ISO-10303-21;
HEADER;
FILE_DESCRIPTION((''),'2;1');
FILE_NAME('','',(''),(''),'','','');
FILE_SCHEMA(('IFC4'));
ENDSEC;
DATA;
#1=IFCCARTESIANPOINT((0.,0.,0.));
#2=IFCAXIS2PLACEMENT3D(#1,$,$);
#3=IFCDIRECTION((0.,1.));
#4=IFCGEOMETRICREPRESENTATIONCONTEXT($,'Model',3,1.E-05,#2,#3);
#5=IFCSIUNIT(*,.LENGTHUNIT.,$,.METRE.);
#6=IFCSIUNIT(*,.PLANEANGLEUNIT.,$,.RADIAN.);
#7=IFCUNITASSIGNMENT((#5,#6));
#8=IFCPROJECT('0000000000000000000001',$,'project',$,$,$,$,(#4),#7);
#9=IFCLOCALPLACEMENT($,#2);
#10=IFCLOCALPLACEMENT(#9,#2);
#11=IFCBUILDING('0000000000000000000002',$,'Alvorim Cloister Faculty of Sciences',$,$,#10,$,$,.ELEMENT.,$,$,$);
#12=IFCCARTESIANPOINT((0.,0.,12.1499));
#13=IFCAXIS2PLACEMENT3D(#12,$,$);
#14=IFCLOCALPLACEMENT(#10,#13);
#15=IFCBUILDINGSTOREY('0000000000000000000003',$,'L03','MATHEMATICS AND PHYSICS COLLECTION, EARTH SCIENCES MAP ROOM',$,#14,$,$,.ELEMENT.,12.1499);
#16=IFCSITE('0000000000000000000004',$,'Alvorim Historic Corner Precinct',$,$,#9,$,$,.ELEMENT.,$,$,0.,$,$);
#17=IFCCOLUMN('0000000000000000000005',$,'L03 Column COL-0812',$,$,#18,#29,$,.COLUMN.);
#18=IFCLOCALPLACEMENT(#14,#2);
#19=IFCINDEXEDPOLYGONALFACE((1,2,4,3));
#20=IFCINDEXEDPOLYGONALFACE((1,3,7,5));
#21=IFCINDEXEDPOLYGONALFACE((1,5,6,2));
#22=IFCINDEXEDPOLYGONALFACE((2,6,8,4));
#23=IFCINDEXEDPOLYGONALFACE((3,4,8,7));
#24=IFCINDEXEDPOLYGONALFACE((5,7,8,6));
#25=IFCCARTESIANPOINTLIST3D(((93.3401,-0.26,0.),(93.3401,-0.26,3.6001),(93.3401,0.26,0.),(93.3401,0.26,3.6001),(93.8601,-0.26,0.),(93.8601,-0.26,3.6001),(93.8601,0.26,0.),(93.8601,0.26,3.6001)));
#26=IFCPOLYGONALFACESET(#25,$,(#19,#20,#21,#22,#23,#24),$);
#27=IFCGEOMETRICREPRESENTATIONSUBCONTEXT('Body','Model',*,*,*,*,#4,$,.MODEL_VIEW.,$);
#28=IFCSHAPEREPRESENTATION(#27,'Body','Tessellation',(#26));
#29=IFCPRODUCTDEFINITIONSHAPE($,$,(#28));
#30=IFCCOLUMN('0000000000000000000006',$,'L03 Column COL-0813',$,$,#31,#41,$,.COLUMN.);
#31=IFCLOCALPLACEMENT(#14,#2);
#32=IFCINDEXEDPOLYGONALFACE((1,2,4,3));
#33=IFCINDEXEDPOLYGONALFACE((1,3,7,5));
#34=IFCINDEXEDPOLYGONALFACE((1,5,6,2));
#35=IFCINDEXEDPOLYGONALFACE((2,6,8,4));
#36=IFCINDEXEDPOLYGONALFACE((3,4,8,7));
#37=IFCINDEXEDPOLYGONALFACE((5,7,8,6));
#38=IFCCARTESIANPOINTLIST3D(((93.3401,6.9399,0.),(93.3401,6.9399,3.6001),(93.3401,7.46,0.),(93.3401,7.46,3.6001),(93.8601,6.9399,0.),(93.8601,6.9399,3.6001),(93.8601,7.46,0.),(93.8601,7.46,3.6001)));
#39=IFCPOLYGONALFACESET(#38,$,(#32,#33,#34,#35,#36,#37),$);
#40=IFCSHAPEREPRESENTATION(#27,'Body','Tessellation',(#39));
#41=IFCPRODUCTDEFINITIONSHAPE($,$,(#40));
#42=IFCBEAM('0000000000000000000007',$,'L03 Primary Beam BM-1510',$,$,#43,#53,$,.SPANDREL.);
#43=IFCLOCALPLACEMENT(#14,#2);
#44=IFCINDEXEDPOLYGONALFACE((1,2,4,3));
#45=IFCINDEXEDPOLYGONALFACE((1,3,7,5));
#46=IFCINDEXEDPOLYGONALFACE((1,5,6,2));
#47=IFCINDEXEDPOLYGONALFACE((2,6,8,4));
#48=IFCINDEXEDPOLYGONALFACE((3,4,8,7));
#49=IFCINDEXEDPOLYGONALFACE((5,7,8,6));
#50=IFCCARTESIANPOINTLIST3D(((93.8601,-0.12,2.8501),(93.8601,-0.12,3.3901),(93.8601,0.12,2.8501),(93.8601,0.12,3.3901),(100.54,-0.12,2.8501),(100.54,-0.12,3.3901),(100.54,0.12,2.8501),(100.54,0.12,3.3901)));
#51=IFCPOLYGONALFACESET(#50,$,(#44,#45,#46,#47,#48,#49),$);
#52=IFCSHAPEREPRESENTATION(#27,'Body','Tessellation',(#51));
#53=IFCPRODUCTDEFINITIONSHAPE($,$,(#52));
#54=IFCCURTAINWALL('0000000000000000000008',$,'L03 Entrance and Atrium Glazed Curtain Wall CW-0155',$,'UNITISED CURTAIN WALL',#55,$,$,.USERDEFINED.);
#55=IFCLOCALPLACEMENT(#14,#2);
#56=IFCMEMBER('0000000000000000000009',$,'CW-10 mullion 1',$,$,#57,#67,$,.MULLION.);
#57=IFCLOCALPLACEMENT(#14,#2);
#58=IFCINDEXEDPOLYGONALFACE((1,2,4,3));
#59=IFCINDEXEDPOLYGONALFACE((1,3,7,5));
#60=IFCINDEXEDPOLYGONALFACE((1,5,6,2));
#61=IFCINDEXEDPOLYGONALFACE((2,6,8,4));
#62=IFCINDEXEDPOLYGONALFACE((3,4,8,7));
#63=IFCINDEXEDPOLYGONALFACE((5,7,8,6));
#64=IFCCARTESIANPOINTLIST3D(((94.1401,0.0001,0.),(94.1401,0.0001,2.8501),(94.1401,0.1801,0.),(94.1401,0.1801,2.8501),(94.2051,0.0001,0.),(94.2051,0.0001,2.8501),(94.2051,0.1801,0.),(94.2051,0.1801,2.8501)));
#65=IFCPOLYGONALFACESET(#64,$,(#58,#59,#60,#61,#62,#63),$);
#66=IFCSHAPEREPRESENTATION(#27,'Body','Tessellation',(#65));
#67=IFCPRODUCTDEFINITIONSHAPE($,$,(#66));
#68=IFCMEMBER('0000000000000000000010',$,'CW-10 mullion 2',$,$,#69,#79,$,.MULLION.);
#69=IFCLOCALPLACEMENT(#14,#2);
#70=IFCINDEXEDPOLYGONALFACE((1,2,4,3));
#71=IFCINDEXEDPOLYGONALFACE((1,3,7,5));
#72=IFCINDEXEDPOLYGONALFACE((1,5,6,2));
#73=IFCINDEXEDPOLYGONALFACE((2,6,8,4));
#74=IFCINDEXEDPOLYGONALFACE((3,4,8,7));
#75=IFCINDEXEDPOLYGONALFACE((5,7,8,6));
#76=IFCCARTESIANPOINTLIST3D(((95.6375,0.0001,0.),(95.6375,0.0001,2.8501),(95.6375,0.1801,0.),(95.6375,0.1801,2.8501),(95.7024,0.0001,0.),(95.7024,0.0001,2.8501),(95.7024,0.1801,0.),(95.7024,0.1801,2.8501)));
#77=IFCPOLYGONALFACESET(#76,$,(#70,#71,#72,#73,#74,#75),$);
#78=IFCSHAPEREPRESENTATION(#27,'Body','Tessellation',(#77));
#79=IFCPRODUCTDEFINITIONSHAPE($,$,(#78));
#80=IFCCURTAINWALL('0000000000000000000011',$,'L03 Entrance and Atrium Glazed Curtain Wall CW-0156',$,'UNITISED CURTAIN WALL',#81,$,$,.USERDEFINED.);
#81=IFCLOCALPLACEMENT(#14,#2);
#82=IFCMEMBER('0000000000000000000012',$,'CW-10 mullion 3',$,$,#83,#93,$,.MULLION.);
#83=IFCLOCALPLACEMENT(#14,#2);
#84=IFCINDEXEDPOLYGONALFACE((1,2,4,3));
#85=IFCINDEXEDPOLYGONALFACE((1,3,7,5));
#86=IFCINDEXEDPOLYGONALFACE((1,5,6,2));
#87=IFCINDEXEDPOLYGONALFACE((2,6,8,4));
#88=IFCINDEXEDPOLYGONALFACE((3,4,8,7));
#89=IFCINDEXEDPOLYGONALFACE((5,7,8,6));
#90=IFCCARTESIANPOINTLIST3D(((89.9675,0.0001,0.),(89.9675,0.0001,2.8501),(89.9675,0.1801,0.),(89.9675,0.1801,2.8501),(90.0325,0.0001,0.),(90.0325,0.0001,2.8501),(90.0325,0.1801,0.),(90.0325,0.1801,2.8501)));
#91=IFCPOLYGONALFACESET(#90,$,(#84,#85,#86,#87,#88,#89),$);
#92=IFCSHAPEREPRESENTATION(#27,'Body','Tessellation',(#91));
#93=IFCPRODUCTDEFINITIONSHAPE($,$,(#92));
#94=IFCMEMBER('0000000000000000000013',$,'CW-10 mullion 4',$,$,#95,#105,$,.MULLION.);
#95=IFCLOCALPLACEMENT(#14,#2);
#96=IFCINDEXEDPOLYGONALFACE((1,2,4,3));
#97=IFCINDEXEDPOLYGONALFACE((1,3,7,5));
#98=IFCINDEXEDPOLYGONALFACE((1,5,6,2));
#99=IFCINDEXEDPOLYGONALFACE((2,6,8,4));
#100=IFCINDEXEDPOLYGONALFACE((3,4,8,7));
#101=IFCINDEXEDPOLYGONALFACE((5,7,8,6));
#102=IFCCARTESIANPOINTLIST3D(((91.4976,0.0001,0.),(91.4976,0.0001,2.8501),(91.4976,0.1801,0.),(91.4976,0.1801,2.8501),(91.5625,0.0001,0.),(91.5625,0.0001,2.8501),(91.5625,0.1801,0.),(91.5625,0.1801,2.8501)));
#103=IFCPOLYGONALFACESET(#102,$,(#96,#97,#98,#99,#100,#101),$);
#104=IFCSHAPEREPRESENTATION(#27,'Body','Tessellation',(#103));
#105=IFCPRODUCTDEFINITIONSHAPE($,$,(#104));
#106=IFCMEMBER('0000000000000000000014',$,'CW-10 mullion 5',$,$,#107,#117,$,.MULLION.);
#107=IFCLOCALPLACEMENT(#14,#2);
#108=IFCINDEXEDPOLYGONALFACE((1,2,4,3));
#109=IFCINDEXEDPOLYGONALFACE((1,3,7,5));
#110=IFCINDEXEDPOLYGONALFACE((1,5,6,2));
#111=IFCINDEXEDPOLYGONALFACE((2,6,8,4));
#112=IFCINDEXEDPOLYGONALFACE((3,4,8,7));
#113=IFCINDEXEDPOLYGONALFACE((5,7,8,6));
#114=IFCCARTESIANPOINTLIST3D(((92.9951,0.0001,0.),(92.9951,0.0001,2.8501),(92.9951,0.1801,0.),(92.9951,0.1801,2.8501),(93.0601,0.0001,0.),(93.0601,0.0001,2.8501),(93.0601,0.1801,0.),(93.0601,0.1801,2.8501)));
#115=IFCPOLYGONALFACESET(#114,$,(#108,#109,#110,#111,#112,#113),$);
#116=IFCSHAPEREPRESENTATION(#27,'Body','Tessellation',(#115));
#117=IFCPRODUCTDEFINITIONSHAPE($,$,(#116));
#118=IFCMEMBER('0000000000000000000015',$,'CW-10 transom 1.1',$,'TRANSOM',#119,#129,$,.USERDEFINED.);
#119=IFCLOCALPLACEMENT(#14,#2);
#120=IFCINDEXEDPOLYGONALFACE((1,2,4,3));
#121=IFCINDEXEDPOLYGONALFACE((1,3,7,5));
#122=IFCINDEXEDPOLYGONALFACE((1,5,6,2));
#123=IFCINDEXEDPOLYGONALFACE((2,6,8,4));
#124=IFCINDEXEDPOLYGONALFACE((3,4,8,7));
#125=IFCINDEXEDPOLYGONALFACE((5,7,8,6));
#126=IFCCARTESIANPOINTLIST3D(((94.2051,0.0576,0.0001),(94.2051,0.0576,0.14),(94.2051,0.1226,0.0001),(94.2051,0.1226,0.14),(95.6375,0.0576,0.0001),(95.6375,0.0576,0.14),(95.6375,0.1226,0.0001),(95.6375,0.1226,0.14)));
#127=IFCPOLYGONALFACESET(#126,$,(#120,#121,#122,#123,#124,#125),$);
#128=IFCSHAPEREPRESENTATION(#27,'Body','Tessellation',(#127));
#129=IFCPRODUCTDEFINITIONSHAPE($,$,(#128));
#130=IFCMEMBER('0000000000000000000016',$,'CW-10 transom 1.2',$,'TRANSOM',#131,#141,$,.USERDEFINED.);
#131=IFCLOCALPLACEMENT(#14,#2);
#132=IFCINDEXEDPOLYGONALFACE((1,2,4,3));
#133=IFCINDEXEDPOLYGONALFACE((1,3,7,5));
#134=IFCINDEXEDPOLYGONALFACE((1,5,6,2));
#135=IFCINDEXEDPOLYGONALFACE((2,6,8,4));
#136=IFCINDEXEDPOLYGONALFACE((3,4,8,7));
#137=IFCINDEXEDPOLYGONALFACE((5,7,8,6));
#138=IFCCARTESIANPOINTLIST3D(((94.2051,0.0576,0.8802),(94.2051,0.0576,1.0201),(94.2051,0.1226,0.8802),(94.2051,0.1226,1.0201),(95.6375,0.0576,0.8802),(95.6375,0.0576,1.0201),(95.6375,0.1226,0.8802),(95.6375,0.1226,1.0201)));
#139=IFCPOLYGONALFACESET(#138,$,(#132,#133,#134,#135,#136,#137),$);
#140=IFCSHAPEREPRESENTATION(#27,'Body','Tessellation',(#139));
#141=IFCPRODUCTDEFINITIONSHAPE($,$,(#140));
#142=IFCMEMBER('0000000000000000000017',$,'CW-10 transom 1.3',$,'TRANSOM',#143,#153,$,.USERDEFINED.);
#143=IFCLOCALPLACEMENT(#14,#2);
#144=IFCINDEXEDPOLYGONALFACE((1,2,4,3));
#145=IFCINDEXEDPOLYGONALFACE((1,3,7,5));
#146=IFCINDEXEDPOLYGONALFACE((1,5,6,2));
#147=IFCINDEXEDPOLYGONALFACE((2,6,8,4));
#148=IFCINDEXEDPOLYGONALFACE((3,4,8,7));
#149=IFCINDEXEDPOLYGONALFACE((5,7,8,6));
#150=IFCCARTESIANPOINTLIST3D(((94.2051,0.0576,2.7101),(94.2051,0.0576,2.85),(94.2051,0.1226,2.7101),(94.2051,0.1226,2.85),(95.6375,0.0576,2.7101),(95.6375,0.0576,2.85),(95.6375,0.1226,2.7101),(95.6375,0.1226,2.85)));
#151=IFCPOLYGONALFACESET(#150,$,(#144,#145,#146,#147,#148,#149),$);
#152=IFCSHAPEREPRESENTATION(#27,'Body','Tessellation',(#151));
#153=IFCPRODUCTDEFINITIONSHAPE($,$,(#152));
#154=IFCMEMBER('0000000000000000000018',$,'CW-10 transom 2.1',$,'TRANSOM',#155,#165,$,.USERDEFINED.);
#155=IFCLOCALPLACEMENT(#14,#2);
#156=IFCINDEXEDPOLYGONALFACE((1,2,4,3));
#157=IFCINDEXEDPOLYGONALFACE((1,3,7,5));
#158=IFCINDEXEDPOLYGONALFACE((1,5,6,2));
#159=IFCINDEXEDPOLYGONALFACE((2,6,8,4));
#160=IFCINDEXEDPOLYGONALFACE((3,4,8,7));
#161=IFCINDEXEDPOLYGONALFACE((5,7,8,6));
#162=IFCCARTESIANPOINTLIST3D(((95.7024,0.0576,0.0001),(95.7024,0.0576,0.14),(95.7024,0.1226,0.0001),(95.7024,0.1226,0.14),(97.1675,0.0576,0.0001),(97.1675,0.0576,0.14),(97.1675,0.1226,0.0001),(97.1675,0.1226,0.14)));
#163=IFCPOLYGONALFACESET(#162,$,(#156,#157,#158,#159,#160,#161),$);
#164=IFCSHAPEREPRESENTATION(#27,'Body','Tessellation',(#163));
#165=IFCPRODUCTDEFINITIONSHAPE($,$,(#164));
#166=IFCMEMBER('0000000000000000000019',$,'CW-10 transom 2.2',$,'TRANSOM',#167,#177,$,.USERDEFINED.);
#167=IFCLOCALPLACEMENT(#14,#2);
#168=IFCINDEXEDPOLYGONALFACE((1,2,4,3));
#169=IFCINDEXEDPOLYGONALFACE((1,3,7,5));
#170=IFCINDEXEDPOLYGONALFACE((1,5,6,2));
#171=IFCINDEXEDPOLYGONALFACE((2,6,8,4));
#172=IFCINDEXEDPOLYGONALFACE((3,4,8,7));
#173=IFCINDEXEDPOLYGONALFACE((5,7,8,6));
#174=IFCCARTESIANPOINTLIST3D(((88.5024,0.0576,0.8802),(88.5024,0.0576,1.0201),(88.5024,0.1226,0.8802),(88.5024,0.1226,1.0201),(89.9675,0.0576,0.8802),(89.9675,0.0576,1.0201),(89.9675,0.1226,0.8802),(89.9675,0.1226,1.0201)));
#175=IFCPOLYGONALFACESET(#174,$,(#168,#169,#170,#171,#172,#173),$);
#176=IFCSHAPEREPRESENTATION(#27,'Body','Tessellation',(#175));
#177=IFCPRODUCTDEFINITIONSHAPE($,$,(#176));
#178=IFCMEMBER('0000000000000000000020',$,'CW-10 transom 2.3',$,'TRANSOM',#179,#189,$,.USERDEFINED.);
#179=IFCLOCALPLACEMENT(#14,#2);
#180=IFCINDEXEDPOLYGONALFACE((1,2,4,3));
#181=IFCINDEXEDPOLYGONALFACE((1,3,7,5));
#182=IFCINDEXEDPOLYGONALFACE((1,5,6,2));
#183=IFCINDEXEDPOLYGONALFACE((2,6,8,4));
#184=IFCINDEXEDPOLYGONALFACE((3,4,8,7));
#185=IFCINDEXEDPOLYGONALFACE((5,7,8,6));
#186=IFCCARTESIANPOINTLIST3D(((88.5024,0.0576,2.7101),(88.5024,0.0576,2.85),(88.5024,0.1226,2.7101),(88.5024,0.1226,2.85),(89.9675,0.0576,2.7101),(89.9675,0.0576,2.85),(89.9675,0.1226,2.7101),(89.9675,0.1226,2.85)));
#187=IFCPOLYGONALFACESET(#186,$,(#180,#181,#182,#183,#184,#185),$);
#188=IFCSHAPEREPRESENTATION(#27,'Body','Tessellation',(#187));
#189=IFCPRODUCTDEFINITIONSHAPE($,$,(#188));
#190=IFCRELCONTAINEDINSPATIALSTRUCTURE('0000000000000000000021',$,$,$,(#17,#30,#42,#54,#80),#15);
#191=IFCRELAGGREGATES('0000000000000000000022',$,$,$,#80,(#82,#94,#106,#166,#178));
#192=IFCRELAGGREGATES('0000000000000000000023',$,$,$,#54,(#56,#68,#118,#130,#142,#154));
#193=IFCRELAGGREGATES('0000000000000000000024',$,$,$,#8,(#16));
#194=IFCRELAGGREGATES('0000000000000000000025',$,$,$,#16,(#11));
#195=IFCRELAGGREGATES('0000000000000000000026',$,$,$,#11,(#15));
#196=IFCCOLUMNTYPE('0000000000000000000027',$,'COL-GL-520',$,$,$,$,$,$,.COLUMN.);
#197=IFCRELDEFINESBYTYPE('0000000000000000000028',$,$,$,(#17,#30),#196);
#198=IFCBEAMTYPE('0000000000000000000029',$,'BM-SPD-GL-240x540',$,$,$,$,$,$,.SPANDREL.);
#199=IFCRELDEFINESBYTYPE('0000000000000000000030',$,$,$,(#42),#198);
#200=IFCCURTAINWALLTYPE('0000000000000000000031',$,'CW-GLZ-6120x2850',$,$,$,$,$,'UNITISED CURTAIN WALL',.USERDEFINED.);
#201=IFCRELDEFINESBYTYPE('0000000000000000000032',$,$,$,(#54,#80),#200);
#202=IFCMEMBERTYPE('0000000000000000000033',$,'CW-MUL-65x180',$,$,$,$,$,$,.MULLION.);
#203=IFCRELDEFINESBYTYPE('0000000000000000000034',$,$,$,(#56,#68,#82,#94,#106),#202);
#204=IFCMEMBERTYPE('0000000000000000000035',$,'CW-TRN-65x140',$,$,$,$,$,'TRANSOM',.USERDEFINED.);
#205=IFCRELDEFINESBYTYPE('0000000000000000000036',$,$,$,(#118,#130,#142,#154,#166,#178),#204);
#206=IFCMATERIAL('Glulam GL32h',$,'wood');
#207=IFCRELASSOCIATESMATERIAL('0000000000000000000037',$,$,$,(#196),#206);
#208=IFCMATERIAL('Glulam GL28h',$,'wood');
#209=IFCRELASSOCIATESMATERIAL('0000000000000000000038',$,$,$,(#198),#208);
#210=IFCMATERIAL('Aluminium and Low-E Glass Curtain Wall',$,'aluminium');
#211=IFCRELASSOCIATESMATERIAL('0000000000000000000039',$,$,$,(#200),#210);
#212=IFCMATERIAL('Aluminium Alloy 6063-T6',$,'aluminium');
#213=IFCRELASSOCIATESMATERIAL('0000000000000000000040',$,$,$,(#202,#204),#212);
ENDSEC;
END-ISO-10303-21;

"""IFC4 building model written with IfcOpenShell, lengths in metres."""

from ifc_helpers import new_model, si_unit, direction, frame, origin, origin_2d, place, context, subcontext, project, spatial, rectangle, extrude, material, material_profile, profile_set, type_object, element, aggregate, save


model = new_model("IFC4")

# Units and contexts
model_context = context("Model", 3, precision=1e-05, world=origin(), true_north=direction((0.0, 1.0)))
body_context = subcontext(model_context, "Body", "Model", "MODEL_VIEW")
ifc_project = project(units=[si_unit("LENGTHUNIT", "METRE"), si_unit("PLANEANGLEUNIT", "RADIAN")], contexts=[model_context])

# Site, building, storey
site_placement = place(None, origin())
site = spatial("IfcSite", under=ifc_project, at=site_placement, Name="Alvorim Historic Corner Precinct", CompositionType="ELEMENT", RefElevation=0.0)
building_placement = place(site_placement, origin())
building = spatial("IfcBuilding", under=site, at=building_placement, Name="Alvorim Cloister Faculty of Sciences", CompositionType="ELEMENT")
storey_placement = place(building_placement, frame((0.0, 0.0, 12.1499)))
storey = spatial("IfcBuildingStorey", under=building, at=storey_placement, Name="L03", Description="MATHEMATICS AND PHYSICS COLLECTION, EARTH SCIENCES MAP ROOM", CompositionType="ELEMENT", Elevation=12.1499)

# Columns
ifc_material_1 = material(Name="Glulam GL32h", Category="wood")
ifc_material_profile_1 = material_profile(ifc_material_1, rectangle(XDim=0.52, YDim=0.52, at=origin_2d()), Name="GL32-COL-520x520")
ifc_profile_set_1 = profile_set([ifc_material_profile_1], Name="Glulam GL32h")
column_type = type_object("IfcColumnType", Name="COL-GL-520", PredefinedType="COLUMN", material=ifc_profile_set_1)
for number, where, z_axis, x_axis, name in (
    (1, (93.6001, 0.0, 0.0), (0.0, 0.0, 1.0), (1.0, 0.0, 0.0), "L03 Column COL-0812"),
    (2, (93.6001, 7.2, 0.0), (0.0, 0.0, 1.0), (1.0, 0.0, 0.0), "L03 Column COL-0813"),
):
    element("IfcColumn", number, at=place(storey_placement, frame(where, z_axis=z_axis, x_axis=x_axis)), inside=storey, type_object=column_type, Name=name, PredefinedType="COLUMN", context=body_context, shape_type="SweptSolid", body=[
        extrude(rectangle(XDim=0.52, YDim=0.52, at=origin_2d()), origin(), (0.0, 0.0, 1.0), 3.6001),
    ])

# Beam
ifc_material_2 = material(Name="Glulam GL28h", Category="wood")
ifc_material_profile_2 = material_profile(ifc_material_2, rectangle(XDim=0.24, YDim=0.54, at=origin_2d()), Name="GL28-SPD-240x540")
ifc_profile_set_2 = profile_set([ifc_material_profile_2], Name="Glulam GL28h")
beam_type = type_object("IfcBeamType", Name="BM-SPD-GL-240x540", PredefinedType="SPANDREL", material=ifc_profile_set_2)
beam_placement = place(storey_placement, frame((93.8601, 0.0, 3.1201), z_axis=(1.0, 0.0, 0.0), x_axis=(0.0, 1.0, 0.0)))
element("IfcBeam", 3, at=beam_placement, inside=storey, type_object=beam_type, Name="L03 Primary Beam BM-1510", PredefinedType="SPANDREL", context=body_context, shape_type="SweptSolid", body=[
    extrude(rectangle(XDim=0.24, YDim=0.54, at=origin_2d()), origin(), (0.0, 0.0, 1.0), 6.6799),
])

# Curtain walls, members
ifc_material_3 = material(Name="Aluminium and Low-E Glass Curtain Wall", Category="aluminium")
curtain_wall_type = type_object("IfcCurtainWallType", Name="CW-GLZ-6120x2850", ElementType="UNITISED CURTAIN WALL", PredefinedType="USERDEFINED", material=ifc_material_3)
curtain_wall_1_placement = place(storey_placement, origin())
curtain_wall_1 = element("IfcCurtainWall", 4, at=curtain_wall_1_placement, inside=storey, type_object=curtain_wall_type, Name="L03 Entrance and Atrium Glazed Curtain Wall CW-0155", ObjectType="UNITISED CURTAIN WALL", PredefinedType="USERDEFINED")
ifc_material_4 = material(Name="Aluminium Alloy 6063-T6", Category="aluminium")
ifc_material_profile_3 = material_profile(ifc_material_4, rectangle(XDim=0.0649, YDim=0.1799, at=origin_2d()), Name="ALU-MUL-65x180")
ifc_profile_set_3 = profile_set([ifc_material_profile_3], Name="Aluminium Alloy 6063-T6")
member_type_1 = type_object("IfcMemberType", Name="CW-MUL-65x180", PredefinedType="MULLION", material=ifc_profile_set_3)
member_1_placement = place(storey_placement, frame((94.1726, 0.0901, 0.0), z_axis=(0.0, 0.0, 1.0), x_axis=(1.0, 0.0, 0.0)))
member_1 = element("IfcMember", 5, at=member_1_placement, type_object=member_type_1, Name="CW-10 mullion 1", PredefinedType="MULLION", context=body_context, shape_type="SweptSolid", body=[
    extrude(rectangle(XDim=0.0649, YDim=0.1799, at=origin_2d()), origin(), (0.0, 0.0, 1.0), 2.8501),
])
member_2_placement = place(storey_placement, frame((95.6699, 0.0901, 0.0), z_axis=(0.0, 0.0, 1.0), x_axis=(1.0, 0.0, 0.0)))
member_2 = element("IfcMember", 6, at=member_2_placement, type_object=member_type_1, Name="CW-10 mullion 2", PredefinedType="MULLION", context=body_context, shape_type="SweptSolid", body=[
    extrude(rectangle(XDim=0.0649, YDim=0.1799, at=origin_2d()), origin(), (0.0, 0.0, 1.0), 2.8501),
])
curtain_wall_2_placement = place(storey_placement, origin())
curtain_wall_2 = element("IfcCurtainWall", 7, at=curtain_wall_2_placement, inside=storey, type_object=curtain_wall_type, Name="L03 Entrance and Atrium Glazed Curtain Wall CW-0156", ObjectType="UNITISED CURTAIN WALL", PredefinedType="USERDEFINED")
member_3_placement = place(storey_placement, frame((90.0, 0.0901, 0.0), z_axis=(0.0, 0.0, 1.0), x_axis=(1.0, 0.0, 0.0)))
member_3 = element("IfcMember", 8, at=member_3_placement, type_object=member_type_1, Name="CW-10 mullion 3", PredefinedType="MULLION", context=body_context, shape_type="SweptSolid", body=[
    extrude(rectangle(XDim=0.0649, YDim=0.1799, at=origin_2d()), origin(), (0.0, 0.0, 1.0), 2.8501),
])
member_4_placement = place(storey_placement, frame((91.53, 0.0901, 0.0), z_axis=(0.0, 0.0, 1.0), x_axis=(1.0, 0.0, 0.0)))
member_4 = element("IfcMember", 9, at=member_4_placement, type_object=member_type_1, Name="CW-10 mullion 4", PredefinedType="MULLION", context=body_context, shape_type="SweptSolid", body=[
    extrude(rectangle(XDim=0.0649, YDim=0.1799, at=origin_2d()), origin(), (0.0, 0.0, 1.0), 2.8501),
])
member_5_placement = place(storey_placement, frame((93.0276, 0.0901, 0.0), z_axis=(0.0, 0.0, 1.0), x_axis=(1.0, 0.0, 0.0)))
member_5 = element("IfcMember", 10, at=member_5_placement, type_object=member_type_1, Name="CW-10 mullion 5", PredefinedType="MULLION", context=body_context, shape_type="SweptSolid", body=[
    extrude(rectangle(XDim=0.0649, YDim=0.1799, at=origin_2d()), origin(), (0.0, 0.0, 1.0), 2.8501),
])

# Members
ifc_material_profile_4 = material_profile(ifc_material_4, rectangle(XDim=0.0649, YDim=0.1399, at=origin_2d()), Name="ALU-TRN-65x140")
ifc_profile_set_4 = profile_set([ifc_material_profile_4], Name="Aluminium Alloy 6063-T6")
member_type_2 = type_object("IfcMemberType", Name="CW-TRN-65x140", ElementType="TRANSOM", PredefinedType="USERDEFINED", material=ifc_profile_set_4)
member_6_placement = place(storey_placement, frame((94.2051, 0.0901, 0.0701), z_axis=(1.0, 0.0, 0.0), x_axis=(0.0, 1.0, 0.0)))
member_6 = element("IfcMember", 11, at=member_6_placement, type_object=member_type_2, Name="CW-10 transom 1.1", ObjectType="TRANSOM", PredefinedType="USERDEFINED", context=body_context, shape_type="SweptSolid", body=[
    extrude(rectangle(XDim=0.0649, YDim=0.1399, at=origin_2d()), origin(), (0.0, 0.0, 1.0), 1.4324),
])
member_7_placement = place(storey_placement, frame((94.2051, 0.0901, 0.9502), z_axis=(1.0, 0.0, 0.0), x_axis=(0.0, 1.0, 0.0)))
member_7 = element("IfcMember", 12, at=member_7_placement, type_object=member_type_2, Name="CW-10 transom 1.2", ObjectType="TRANSOM", PredefinedType="USERDEFINED", context=body_context, shape_type="SweptSolid", body=[
    extrude(rectangle(XDim=0.0649, YDim=0.1399, at=origin_2d()), origin(), (0.0, 0.0, 1.0), 1.4324),
])
member_8_placement = place(storey_placement, frame((94.2051, 0.0901, 2.78), z_axis=(1.0, 0.0, 0.0), x_axis=(0.0, 1.0, 0.0)))
member_8 = element("IfcMember", 13, at=member_8_placement, type_object=member_type_2, Name="CW-10 transom 1.3", ObjectType="TRANSOM", PredefinedType="USERDEFINED", context=body_context, shape_type="SweptSolid", body=[
    extrude(rectangle(XDim=0.0649, YDim=0.1399, at=origin_2d()), origin(), (0.0, 0.0, 1.0), 1.4324),
])
member_9_placement = place(storey_placement, frame((95.7024, 0.0901, 0.0701), z_axis=(1.0, 0.0, 0.0), x_axis=(0.0, 1.0, 0.0)))
member_9 = element("IfcMember", 14, at=member_9_placement, type_object=member_type_2, Name="CW-10 transom 2.1", ObjectType="TRANSOM", PredefinedType="USERDEFINED", context=body_context, shape_type="SweptSolid", body=[
    extrude(rectangle(XDim=0.0649, YDim=0.1399, at=origin_2d()), origin(), (0.0, 0.0, 1.0), 1.4651),
])
member_10_placement = place(storey_placement, frame((88.5024, 0.0901, 0.9502), z_axis=(1.0, 0.0, 0.0), x_axis=(0.0, 1.0, 0.0)))
member_10 = element("IfcMember", 15, at=member_10_placement, type_object=member_type_2, Name="CW-10 transom 2.2", ObjectType="TRANSOM", PredefinedType="USERDEFINED", context=body_context, shape_type="SweptSolid", body=[
    extrude(rectangle(XDim=0.0649, YDim=0.1399, at=origin_2d()), origin(), (0.0, 0.0, 1.0), 1.4651),
])
member_11_placement = place(storey_placement, frame((88.5024, 0.0901, 2.78), z_axis=(1.0, 0.0, 0.0), x_axis=(0.0, 1.0, 0.0)))
member_11 = element("IfcMember", 16, at=member_11_placement, type_object=member_type_2, Name="CW-10 transom 2.3", ObjectType="TRANSOM", PredefinedType="USERDEFINED", context=body_context, shape_type="SweptSolid", body=[
    extrude(rectangle(XDim=0.0649, YDim=0.1399, at=origin_2d()), origin(), (0.0, 0.0, 1.0), 1.4651),
])

aggregate(curtain_wall_2, [member_3, member_4, member_5, member_10, member_11])
aggregate(curtain_wall_1, [member_1, member_2, member_6, member_7, member_8, member_9])

save(model, "model.ifc")
